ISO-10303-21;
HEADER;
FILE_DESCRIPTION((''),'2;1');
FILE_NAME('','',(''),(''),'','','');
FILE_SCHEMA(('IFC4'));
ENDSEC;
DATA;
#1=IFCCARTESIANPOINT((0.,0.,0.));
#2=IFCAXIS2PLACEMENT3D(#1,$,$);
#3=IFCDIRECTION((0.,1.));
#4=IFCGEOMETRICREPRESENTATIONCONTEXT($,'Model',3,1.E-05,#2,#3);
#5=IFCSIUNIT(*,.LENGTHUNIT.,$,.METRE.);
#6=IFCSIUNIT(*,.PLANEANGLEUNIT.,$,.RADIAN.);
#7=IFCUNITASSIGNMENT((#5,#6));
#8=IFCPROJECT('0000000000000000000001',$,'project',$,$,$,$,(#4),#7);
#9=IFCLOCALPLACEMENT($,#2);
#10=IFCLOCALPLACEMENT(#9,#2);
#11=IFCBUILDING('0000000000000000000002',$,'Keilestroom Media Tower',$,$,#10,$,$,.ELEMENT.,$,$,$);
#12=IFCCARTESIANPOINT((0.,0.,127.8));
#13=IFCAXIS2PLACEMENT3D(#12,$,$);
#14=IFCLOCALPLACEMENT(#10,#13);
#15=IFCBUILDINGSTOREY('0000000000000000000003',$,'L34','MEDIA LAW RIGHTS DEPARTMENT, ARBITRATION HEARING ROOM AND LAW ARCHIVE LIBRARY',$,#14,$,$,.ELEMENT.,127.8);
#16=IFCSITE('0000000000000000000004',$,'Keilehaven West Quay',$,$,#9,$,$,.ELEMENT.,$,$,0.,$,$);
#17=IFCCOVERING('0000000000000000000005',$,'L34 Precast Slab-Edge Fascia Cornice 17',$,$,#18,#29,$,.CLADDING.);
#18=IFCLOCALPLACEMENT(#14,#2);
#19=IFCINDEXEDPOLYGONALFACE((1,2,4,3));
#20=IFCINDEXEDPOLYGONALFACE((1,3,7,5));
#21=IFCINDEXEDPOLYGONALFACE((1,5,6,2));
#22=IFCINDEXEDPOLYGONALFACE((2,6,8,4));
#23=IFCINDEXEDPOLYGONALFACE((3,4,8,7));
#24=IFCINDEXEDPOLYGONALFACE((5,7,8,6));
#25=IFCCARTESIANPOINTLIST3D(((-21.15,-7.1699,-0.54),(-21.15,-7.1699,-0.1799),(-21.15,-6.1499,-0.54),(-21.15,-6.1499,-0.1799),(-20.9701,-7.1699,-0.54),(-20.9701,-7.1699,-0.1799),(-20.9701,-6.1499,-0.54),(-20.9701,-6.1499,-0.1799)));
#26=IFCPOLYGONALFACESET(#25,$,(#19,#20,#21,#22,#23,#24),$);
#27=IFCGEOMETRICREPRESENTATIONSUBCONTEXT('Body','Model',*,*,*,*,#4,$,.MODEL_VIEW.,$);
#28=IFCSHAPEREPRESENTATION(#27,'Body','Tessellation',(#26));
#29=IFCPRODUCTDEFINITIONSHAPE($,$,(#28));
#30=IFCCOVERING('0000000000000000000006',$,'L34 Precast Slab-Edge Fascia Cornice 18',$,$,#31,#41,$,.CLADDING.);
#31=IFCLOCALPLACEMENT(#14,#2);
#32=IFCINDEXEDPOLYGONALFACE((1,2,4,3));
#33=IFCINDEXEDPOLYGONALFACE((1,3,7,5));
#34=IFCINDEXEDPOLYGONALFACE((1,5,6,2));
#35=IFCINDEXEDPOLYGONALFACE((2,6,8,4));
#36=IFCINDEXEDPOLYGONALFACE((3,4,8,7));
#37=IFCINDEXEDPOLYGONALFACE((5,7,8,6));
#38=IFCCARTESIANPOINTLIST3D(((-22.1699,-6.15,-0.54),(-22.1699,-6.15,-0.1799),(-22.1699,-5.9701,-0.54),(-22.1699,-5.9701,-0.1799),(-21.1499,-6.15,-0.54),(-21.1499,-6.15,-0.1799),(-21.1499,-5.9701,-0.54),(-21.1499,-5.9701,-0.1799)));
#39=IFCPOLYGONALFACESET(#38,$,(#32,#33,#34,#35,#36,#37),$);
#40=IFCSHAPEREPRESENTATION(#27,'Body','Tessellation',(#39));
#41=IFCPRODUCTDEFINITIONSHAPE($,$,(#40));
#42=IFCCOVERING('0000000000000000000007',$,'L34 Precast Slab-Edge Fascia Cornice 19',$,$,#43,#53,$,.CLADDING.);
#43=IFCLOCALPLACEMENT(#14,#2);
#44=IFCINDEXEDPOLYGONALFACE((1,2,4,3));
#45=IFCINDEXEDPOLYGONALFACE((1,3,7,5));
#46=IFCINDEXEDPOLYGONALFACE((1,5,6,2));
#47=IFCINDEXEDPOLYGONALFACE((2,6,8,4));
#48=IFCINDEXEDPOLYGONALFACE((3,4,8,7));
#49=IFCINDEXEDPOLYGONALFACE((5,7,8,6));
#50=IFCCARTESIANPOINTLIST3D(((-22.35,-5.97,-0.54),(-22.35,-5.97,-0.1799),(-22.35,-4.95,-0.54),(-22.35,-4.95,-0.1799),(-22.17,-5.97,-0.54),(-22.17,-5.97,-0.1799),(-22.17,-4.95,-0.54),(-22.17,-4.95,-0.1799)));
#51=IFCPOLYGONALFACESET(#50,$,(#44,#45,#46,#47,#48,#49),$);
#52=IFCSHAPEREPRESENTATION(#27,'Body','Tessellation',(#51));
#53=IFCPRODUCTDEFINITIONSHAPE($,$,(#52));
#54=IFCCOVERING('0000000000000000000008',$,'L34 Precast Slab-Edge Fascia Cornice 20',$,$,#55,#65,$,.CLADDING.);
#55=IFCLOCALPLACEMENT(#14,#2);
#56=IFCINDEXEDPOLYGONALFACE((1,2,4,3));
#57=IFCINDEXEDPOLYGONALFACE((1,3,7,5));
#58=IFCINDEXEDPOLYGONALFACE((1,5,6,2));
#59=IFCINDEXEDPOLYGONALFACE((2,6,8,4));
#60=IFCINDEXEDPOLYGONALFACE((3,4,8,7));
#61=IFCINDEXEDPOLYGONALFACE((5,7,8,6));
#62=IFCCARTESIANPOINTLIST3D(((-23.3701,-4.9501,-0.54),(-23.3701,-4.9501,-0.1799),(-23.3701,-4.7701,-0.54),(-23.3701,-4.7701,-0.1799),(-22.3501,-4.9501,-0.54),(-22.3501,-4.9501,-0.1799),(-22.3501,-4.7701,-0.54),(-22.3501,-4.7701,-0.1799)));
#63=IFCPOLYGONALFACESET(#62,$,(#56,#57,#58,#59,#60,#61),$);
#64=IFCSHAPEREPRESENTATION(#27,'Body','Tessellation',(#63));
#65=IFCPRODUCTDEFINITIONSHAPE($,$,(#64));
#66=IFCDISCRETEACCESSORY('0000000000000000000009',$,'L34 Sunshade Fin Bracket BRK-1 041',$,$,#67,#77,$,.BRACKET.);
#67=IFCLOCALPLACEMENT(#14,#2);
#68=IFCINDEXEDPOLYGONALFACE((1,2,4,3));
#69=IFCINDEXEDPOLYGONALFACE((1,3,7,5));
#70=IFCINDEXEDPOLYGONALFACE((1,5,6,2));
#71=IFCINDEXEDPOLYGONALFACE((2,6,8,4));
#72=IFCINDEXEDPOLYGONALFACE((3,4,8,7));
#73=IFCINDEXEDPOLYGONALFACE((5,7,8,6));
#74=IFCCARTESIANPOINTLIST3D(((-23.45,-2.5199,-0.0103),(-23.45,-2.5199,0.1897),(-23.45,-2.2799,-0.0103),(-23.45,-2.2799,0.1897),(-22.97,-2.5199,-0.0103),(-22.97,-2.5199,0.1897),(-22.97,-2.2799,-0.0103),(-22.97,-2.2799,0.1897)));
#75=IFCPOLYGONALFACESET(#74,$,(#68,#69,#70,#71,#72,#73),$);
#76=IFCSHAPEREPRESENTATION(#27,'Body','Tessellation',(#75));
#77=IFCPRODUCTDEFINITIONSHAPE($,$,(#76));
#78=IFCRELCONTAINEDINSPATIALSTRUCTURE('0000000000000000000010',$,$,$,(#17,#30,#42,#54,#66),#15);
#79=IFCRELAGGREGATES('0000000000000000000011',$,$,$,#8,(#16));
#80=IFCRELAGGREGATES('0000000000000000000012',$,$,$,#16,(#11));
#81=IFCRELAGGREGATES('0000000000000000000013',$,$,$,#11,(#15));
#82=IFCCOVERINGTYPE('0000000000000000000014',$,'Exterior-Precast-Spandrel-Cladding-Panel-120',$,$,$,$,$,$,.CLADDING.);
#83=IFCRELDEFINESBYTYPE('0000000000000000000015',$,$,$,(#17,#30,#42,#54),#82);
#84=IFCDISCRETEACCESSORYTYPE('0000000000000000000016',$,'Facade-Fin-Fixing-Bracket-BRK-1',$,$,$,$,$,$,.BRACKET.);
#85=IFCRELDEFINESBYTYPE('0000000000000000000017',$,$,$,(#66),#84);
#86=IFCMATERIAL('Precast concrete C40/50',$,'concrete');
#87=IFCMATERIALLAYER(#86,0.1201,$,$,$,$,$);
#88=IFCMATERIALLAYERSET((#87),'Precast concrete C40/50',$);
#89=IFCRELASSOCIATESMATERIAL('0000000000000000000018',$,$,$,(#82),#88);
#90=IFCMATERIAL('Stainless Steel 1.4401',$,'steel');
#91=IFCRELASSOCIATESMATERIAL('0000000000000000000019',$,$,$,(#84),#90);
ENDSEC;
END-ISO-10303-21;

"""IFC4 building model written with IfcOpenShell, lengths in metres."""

from ifc_helpers import new_model, si_unit, direction, frame, origin, origin_2d, place, context, subcontext, project, spatial, rectangle, extrude, source, transform, mapped, material, layer, layer_set, type_object, element, save


model = new_model("IFC4")

# Units and contexts
model_context = context("Model", 3, precision=1e-05, world=origin(), true_north=direction((0.0, 1.0)))
body_context = subcontext(model_context, "Body", "Model", "MODEL_VIEW")
ifc_project = project(units=[si_unit("LENGTHUNIT", "METRE"), si_unit("PLANEANGLEUNIT", "RADIAN")], contexts=[model_context])

# Site, building, storey
site_placement = place(None, origin())
site = spatial("IfcSite", under=ifc_project, at=site_placement, Name="Keilehaven West Quay", CompositionType="ELEMENT", RefElevation=0.0)
building_placement = place(site_placement, origin())
building = spatial("IfcBuilding", under=site, at=building_placement, Name="Keilestroom Media Tower", CompositionType="ELEMENT")
storey_placement = place(building_placement, frame((0.0, 0.0, 127.8)))
storey = spatial("IfcBuildingStorey", under=building, at=storey_placement, Name="L34", Description="MEDIA LAW RIGHTS DEPARTMENT, ARBITRATION HEARING ROOM AND LAW ARCHIVE LIBRARY", CompositionType="ELEMENT", Elevation=127.8)

# Shared definitions
ifc_material_1 = material(Name="Precast concrete C40/50", Category="concrete")

# Coverings
ifc_layer_1 = layer(ifc_material_1, 0.1201)
ifc_layer_set_1 = layer_set([ifc_layer_1], Name="Precast concrete C40/50")
covering_type = type_object("IfcCoveringType", Name="Exterior-Precast-Spandrel-Cladding-Panel-120", PredefinedType="CLADDING", material=ifc_layer_set_1)
shared_shape_1 = source(origin(), body_context, "Body", "SweptSolid", [
    extrude(rectangle(XDim=1.02, YDim=0.1799, at=origin_2d()), origin(), (0.0, 0.0, 1.0), 0.3601),
])
for number, where, z_axis, x_axis, name in (
    (1, (-21.0601, -6.6599, -0.54), (0.0, 0.0, 1.0), (0.0, 1.0, 0.0), "L34 Precast Slab-Edge Fascia Cornice 17"),
    (2, (-21.6599, -6.0601, -0.54), (0.0, 0.0, 1.0), (-1.0, 0.0, 0.0), "L34 Precast Slab-Edge Fascia Cornice 18"),
    (3, (-22.26, -5.46, -0.54), (0.0, 0.0, 1.0), (0.0, 1.0, 0.0), "L34 Precast Slab-Edge Fascia Cornice 19"),
    (4, (-22.8601, -4.8601, -0.54), (0.0, 0.0, 1.0), (-1.0, 0.0, 0.0), "L34 Precast Slab-Edge Fascia Cornice 20"),
):
    element("IfcCovering", number, at=place(storey_placement, frame(where, z_axis=z_axis, x_axis=x_axis)), inside=storey, type_object=covering_type, Name=name, PredefinedType="CLADDING", context=body_context, shape_type="MappedRepresentation", body=[
        mapped(shared_shape_1, transform((0.0, 0.0, 0.0), x_axis=(1.0, 0.0, 0.0), y_axis=(0.0, 1.0, 0.0), z_axis=(0.0, 0.0, 1.0), scale=1.0)),
    ])

# Discrete accessory
ifc_material_2 = material(Name="Stainless Steel 1.4401", Category="steel")
discrete_accessory_type = type_object("IfcDiscreteAccessoryType", Name="Facade-Fin-Fixing-Bracket-BRK-1", PredefinedType="BRACKET", material=ifc_material_2)
shared_shape_2 = source(origin(), body_context, "Body", "SweptSolid", [
    extrude(rectangle(XDim=0.48, YDim=0.24, at=origin_2d()), origin(), (0.0, 0.0, 1.0), 0.2),
])
discrete_accessory_placement = place(storey_placement, frame((-23.21, -2.3999, -0.0103), z_axis=(0.0, 0.0, 1.0), x_axis=(1.0, 0.0, 0.0)))
element("IfcDiscreteAccessory", 5, at=discrete_accessory_placement, inside=storey, type_object=discrete_accessory_type, Name="L34 Sunshade Fin Bracket BRK-1 041", PredefinedType="BRACKET", context=body_context, shape_type="MappedRepresentation", body=[
    mapped(shared_shape_2, transform((0.0, 0.0, 0.0), x_axis=(1.0, 0.0, 0.0), y_axis=(0.0, 1.0, 0.0), z_axis=(0.0, 0.0, 1.0), scale=1.0)),
])

save(model, "model.ifc")
